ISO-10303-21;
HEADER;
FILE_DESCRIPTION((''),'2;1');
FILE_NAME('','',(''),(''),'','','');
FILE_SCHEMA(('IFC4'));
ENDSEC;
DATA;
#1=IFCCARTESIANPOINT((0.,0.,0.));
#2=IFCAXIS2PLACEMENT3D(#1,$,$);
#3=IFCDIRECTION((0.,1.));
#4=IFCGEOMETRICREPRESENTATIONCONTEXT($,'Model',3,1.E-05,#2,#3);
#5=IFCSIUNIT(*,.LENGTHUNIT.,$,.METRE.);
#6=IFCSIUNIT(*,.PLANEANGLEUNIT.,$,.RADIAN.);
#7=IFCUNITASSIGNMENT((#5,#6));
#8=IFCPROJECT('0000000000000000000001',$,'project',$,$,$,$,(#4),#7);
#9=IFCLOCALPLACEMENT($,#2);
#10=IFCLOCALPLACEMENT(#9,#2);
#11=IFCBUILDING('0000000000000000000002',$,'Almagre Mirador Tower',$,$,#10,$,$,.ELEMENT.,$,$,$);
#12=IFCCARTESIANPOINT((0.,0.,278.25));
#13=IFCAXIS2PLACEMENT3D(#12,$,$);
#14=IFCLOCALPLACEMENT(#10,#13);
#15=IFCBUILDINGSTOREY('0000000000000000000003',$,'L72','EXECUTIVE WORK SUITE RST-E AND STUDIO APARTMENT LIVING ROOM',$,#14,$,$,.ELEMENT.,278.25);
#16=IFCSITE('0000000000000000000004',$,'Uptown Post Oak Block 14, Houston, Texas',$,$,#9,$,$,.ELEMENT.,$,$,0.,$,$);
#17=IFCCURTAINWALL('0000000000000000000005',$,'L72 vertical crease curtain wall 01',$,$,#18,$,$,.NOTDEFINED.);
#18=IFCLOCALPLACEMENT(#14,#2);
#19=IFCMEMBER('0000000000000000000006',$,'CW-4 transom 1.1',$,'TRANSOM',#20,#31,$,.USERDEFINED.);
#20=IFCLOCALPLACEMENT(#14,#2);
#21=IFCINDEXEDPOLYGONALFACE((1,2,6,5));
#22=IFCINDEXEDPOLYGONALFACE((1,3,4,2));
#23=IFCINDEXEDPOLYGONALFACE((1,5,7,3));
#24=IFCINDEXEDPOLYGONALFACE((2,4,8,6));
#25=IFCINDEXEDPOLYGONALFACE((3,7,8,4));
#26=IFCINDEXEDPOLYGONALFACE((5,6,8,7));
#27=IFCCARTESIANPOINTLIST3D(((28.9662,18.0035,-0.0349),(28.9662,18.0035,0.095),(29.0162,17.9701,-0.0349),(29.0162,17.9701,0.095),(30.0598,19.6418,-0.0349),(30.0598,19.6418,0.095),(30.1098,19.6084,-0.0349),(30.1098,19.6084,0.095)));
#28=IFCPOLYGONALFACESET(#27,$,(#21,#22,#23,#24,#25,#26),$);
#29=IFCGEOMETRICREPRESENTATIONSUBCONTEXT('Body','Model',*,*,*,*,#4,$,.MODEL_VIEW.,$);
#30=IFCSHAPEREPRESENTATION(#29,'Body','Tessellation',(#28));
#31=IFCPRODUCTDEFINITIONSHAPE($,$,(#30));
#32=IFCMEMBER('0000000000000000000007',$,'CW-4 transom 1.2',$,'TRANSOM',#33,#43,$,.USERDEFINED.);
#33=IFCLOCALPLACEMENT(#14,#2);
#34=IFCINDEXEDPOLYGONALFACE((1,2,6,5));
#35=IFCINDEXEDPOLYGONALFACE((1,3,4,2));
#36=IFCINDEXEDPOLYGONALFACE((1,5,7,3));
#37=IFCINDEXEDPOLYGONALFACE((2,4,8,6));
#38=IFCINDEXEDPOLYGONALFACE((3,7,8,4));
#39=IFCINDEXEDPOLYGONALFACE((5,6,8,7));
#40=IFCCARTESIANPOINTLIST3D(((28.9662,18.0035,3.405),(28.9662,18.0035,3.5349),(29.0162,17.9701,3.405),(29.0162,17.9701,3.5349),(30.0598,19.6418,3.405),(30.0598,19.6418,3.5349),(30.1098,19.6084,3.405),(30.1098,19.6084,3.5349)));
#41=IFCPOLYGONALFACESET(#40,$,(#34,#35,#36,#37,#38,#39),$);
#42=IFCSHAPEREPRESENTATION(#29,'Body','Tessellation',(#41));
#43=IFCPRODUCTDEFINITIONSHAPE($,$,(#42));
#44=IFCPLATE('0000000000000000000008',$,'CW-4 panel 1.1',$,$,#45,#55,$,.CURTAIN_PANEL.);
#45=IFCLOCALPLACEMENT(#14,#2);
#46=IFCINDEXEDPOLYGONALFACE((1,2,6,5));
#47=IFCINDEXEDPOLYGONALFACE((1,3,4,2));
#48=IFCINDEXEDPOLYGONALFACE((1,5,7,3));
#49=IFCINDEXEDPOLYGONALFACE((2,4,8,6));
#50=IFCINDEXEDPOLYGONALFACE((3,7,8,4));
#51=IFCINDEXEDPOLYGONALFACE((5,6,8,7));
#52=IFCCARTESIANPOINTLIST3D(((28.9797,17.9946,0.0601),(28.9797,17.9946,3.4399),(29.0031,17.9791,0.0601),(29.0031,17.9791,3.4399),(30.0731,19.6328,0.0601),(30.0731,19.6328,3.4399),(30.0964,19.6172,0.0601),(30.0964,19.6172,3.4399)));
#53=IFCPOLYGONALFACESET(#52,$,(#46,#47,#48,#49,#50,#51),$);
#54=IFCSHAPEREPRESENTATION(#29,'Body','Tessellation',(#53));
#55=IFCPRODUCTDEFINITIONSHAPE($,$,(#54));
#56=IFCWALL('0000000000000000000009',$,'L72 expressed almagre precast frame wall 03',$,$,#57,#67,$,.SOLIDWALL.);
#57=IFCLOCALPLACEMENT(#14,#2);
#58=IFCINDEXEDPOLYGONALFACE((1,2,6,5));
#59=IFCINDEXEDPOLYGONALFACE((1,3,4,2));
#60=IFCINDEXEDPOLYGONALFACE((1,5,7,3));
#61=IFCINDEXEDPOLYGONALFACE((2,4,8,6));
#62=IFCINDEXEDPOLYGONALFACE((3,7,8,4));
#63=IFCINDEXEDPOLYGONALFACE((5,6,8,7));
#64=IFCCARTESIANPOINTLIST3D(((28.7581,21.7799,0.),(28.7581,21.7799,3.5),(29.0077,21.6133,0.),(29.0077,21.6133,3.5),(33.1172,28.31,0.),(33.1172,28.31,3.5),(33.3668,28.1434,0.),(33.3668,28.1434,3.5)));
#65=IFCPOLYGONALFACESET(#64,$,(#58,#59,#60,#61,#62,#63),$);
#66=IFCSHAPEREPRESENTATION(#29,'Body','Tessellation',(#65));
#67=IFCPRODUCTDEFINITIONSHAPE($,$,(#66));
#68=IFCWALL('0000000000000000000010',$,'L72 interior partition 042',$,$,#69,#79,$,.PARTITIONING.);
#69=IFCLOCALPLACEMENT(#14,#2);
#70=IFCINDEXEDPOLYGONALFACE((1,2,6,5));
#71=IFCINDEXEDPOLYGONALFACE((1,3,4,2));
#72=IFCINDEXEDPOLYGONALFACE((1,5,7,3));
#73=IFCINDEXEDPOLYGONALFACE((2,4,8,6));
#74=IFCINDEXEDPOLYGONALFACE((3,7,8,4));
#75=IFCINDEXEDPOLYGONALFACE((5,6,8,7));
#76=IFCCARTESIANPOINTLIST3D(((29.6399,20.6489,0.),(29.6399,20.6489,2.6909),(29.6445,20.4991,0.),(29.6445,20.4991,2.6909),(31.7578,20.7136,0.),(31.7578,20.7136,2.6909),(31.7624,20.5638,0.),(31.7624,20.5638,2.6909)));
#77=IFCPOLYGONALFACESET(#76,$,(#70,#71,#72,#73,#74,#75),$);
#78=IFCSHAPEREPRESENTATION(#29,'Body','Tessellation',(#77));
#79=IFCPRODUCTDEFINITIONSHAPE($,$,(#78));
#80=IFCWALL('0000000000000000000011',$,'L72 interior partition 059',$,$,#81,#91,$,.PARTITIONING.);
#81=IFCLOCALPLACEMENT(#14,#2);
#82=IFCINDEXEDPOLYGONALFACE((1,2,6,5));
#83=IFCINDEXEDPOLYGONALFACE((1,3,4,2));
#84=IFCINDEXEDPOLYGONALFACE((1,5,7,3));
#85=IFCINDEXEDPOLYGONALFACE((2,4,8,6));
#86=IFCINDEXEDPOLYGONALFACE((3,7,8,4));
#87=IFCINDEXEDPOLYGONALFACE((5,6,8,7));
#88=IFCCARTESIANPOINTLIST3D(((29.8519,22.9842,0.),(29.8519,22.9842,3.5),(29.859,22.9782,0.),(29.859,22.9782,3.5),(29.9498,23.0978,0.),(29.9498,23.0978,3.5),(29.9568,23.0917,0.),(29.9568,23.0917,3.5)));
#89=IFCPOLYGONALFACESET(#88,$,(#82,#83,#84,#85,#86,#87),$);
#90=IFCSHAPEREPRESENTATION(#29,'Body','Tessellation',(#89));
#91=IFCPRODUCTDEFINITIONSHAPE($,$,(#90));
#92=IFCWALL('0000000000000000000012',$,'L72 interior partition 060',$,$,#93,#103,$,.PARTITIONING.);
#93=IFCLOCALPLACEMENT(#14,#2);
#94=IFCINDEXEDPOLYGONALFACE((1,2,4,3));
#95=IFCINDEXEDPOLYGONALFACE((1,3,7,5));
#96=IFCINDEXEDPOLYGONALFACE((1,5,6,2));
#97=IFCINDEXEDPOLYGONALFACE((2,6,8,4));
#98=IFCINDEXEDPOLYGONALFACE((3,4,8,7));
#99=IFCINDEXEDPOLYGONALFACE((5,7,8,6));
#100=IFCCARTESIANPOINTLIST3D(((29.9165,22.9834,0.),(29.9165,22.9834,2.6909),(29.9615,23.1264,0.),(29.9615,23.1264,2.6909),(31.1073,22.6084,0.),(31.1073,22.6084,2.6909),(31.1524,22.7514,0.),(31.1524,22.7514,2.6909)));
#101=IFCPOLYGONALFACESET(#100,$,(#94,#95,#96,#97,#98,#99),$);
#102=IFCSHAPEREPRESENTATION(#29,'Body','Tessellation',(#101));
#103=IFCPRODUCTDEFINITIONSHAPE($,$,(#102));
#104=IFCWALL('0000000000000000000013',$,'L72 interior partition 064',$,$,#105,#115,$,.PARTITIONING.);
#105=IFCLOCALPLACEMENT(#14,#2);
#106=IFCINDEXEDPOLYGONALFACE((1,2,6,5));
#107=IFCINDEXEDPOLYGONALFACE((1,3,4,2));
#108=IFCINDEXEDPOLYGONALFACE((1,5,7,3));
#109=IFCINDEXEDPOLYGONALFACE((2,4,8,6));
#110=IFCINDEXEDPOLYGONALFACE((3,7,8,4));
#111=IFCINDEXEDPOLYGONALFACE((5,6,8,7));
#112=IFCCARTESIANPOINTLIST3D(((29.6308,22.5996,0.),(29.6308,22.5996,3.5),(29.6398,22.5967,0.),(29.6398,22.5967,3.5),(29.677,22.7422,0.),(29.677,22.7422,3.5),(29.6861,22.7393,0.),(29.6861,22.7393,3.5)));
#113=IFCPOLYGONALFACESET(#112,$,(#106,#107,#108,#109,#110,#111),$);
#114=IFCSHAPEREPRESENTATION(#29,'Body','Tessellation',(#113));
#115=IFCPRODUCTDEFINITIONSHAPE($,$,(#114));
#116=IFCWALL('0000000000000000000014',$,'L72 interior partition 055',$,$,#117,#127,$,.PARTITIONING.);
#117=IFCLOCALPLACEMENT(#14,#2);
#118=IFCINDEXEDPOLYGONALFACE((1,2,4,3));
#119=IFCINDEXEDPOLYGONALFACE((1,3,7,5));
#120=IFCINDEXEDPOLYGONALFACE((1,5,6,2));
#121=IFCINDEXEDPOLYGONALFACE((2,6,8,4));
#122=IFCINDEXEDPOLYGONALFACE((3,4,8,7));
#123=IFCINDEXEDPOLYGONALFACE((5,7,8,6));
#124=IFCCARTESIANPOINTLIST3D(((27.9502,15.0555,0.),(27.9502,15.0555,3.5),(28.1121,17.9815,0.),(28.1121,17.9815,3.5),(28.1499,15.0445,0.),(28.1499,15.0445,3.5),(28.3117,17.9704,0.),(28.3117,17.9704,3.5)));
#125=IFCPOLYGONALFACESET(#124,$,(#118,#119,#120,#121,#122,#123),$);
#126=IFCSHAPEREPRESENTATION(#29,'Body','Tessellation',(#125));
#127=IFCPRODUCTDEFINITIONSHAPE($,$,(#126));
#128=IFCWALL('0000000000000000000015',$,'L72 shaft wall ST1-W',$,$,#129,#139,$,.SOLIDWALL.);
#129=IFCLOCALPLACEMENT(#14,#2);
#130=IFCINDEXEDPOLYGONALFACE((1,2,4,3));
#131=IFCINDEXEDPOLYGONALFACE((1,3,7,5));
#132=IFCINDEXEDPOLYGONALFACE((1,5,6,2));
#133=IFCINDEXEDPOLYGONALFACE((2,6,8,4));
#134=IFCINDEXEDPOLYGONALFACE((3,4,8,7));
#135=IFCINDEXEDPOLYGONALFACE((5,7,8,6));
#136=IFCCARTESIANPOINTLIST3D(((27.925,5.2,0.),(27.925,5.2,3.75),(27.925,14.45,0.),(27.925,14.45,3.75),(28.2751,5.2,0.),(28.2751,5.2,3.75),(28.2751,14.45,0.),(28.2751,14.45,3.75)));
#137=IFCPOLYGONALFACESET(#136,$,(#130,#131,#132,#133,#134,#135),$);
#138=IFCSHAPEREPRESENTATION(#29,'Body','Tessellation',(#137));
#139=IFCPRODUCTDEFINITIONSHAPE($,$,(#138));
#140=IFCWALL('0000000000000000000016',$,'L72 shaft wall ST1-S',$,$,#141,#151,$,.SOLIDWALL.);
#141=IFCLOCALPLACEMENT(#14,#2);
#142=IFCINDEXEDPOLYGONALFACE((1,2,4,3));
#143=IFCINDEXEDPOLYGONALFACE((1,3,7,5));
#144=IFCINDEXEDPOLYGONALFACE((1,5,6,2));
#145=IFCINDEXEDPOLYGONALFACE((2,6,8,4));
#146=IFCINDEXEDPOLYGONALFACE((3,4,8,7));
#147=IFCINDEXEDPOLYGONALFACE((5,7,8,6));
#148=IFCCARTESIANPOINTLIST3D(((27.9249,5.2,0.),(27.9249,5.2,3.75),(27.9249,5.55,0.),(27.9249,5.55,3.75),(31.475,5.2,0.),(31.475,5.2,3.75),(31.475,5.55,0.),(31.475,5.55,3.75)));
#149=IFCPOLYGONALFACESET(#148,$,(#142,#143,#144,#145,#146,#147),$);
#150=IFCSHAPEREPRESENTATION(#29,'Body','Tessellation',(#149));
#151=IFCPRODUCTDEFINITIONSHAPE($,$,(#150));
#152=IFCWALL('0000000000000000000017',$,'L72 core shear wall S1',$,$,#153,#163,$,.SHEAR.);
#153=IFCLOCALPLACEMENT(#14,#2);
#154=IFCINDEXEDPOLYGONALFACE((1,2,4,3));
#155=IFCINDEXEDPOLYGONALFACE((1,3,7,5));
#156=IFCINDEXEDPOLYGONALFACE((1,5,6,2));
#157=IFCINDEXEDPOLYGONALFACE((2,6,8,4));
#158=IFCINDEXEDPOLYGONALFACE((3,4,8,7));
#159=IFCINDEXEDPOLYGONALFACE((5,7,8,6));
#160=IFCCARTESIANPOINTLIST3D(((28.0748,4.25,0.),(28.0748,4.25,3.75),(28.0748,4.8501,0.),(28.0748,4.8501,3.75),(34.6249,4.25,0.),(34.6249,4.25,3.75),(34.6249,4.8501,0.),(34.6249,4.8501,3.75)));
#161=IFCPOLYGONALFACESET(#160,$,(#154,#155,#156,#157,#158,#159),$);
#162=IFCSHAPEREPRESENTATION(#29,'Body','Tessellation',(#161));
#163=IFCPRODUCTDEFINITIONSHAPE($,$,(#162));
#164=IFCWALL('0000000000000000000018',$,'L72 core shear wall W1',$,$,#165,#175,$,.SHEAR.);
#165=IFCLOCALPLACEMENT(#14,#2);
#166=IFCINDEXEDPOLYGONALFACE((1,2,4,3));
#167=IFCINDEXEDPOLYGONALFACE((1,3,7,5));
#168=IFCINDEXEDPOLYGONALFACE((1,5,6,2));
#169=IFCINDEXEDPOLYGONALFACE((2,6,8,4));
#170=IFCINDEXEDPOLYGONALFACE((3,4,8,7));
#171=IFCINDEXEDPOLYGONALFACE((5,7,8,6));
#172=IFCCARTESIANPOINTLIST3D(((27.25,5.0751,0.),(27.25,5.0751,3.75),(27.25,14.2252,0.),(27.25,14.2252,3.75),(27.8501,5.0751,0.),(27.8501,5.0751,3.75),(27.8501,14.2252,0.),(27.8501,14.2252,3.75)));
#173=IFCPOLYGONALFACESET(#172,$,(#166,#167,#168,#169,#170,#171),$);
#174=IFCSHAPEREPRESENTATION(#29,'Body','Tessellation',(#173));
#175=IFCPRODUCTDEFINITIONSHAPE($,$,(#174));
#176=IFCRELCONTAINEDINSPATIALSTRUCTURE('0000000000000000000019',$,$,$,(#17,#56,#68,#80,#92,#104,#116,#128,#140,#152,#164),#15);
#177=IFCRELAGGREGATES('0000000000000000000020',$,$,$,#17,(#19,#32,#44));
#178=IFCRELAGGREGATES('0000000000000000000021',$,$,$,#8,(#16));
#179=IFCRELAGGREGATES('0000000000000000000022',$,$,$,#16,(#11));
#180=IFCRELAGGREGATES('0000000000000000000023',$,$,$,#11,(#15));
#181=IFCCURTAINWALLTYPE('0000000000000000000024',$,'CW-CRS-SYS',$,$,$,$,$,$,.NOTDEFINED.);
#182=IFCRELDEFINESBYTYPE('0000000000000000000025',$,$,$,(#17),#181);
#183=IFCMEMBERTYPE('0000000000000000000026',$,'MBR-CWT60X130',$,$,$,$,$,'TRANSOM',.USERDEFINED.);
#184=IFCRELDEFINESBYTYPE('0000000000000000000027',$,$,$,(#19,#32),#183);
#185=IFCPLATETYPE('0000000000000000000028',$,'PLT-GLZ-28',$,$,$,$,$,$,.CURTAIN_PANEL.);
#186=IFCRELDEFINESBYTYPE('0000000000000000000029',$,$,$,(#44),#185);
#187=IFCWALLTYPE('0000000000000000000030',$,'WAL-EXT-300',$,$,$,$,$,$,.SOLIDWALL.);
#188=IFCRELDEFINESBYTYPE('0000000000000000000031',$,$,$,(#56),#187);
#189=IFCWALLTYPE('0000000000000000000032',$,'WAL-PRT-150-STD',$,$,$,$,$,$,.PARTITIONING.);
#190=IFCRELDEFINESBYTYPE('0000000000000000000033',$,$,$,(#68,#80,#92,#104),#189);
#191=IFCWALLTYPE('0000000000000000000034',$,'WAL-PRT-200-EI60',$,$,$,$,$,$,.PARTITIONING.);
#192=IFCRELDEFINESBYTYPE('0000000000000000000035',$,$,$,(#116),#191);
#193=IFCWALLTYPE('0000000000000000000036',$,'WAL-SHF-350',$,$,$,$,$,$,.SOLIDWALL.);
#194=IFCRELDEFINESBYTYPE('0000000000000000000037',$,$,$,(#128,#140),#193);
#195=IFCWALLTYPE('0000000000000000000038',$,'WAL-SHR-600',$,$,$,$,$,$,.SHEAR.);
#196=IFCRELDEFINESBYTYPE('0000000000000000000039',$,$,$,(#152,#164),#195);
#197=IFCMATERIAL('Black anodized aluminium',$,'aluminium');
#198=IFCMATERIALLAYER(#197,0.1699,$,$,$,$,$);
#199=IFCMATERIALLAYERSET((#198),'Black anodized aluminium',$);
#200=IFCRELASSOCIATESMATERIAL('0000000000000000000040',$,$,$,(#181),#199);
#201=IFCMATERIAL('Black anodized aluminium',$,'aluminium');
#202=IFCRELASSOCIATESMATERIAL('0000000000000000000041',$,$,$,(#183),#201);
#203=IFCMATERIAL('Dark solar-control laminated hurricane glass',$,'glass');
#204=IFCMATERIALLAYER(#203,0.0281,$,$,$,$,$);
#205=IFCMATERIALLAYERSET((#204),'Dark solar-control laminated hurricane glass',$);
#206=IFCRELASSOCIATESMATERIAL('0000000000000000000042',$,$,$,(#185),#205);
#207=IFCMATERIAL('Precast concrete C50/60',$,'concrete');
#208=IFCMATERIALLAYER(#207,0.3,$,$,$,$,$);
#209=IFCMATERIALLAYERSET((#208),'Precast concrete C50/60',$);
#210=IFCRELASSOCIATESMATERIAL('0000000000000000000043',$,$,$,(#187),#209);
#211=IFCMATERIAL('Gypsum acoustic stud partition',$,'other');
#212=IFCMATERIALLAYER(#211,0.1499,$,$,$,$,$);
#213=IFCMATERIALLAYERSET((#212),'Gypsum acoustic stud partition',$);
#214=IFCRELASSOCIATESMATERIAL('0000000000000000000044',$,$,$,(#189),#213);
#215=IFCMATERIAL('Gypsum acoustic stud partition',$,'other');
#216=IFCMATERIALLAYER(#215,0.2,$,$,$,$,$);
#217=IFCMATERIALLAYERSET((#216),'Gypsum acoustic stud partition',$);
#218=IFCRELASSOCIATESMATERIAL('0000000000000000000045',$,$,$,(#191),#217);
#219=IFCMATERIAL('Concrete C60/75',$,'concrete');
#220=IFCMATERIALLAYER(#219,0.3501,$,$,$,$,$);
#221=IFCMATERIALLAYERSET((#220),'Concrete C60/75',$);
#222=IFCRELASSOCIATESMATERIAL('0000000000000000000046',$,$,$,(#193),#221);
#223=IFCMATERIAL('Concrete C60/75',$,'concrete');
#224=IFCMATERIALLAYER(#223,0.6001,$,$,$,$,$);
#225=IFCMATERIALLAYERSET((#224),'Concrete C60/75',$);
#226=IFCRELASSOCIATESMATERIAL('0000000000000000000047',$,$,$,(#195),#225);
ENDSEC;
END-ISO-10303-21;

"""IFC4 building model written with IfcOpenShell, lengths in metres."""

from ifc_helpers import new_model, si_unit, direction, frame, frame_2d, origin, origin_2d, place, context, subcontext, project, spatial, rectangle, extrude, material, layer, layer_set, material_profile, profile_set, type_object, element, aggregate, save


model = new_model("IFC4")

# Units and contexts
model_context = context("Model", 3, precision=1e-05, world=origin(), true_north=direction((0.0, 1.0)))
body_context = subcontext(model_context, "Body", "Model", "MODEL_VIEW")
ifc_project = project(units=[si_unit("LENGTHUNIT", "METRE"), si_unit("PLANEANGLEUNIT", "RADIAN")], contexts=[model_context])

# Site, building, storey
site_placement = place(None, origin())
site = spatial("IfcSite", under=ifc_project, at=site_placement, Name="Uptown Post Oak Block 14, Houston, Texas", CompositionType="ELEMENT", RefElevation=0.0)
building_placement = place(site_placement, origin())
building = spatial("IfcBuilding", under=site, at=building_placement, Name="Almagre Mirador Tower", CompositionType="ELEMENT")
storey_placement = place(building_placement, frame((0.0, 0.0, 278.25)))
storey = spatial("IfcBuildingStorey", under=building, at=storey_placement, Name="L72", Description="EXECUTIVE WORK SUITE RST-E AND STUDIO APARTMENT LIVING ROOM", CompositionType="ELEMENT", Elevation=278.25)

# Curtain wall, members, plate
ifc_material_1 = material(Name="Black anodized aluminium", Category="aluminium")
ifc_layer_1 = layer(ifc_material_1, 0.1699)
ifc_layer_set_1 = layer_set([ifc_layer_1], Name="Black anodized aluminium")
curtain_wall_type = type_object("IfcCurtainWallType", Name="CW-CRS-SYS", PredefinedType="NOTDEFINED", material=ifc_layer_set_1)
curtain_wall_placement = place(storey_placement, origin())
curtain_wall = element("IfcCurtainWall", 1, at=curtain_wall_placement, inside=storey, type_object=curtain_wall_type, Name="L72 vertical crease curtain wall 01", PredefinedType="NOTDEFINED")
ifc_material_2 = material(Name="Black anodized aluminium", Category="aluminium")
ifc_material_profile_1 = material_profile(ifc_material_2, rectangle(XDim=0.0601, YDim=0.1299, at=origin_2d()), Name="CWT60X130")
ifc_profile_set_1 = profile_set([ifc_material_profile_1], Name="Black anodized aluminium")
member_type_1 = type_object("IfcMemberType", Name="MBR-CWT60X130", ElementType="TRANSOM", PredefinedType="USERDEFINED", material=ifc_profile_set_1)
member_1_placement = place(storey_placement, frame((28.9912, 17.9868, 0.03), z_axis=(0.555186, 0.831726, 0.0), x_axis=(-0.831726, 0.555186, 0.0)))
member_1 = element("IfcMember", 2, at=member_1_placement, type_object=member_type_1, Name="CW-4 transom 1.1", ObjectType="TRANSOM", PredefinedType="USERDEFINED", context=body_context, shape_type="SweptSolid", body=[
    extrude(rectangle(XDim=0.0601, YDim=0.1299, at=origin_2d()), origin(), (0.0, 0.0, 1.0), 1.9697),
])
member_2_placement = place(storey_placement, frame((28.9912, 17.9868, 3.47), z_axis=(0.555186, 0.831726, 0.0), x_axis=(-0.831726, 0.555186, 0.0)))
member_2 = element("IfcMember", 3, at=member_2_placement, type_object=member_type_1, Name="CW-4 transom 1.2", ObjectType="TRANSOM", PredefinedType="USERDEFINED", context=body_context, shape_type="SweptSolid", body=[
    extrude(rectangle(XDim=0.0601, YDim=0.1299, at=origin_2d()), origin(), (0.0, 0.0, 1.0), 1.9697),
])
ifc_material_3 = material(Name="Dark solar-control laminated hurricane glass", Category="glass")
ifc_layer_2 = layer(ifc_material_3, 0.0281)
ifc_layer_set_2 = layer_set([ifc_layer_2], Name="Dark solar-control laminated hurricane glass")
plate_type = type_object("IfcPlateType", Name="PLT-GLZ-28", PredefinedType="CURTAIN_PANEL", material=ifc_layer_set_2)
plate_placement = place(storey_placement, frame((29.5381, 18.8059, 0.0601), z_axis=(0.0, 0.0, 1.0), x_axis=(0.555142, 0.831756, 0.0)))
plate = element("IfcPlate", 4, at=plate_placement, type_object=plate_type, Name="CW-4 panel 1.1", PredefinedType="CURTAIN_PANEL", context=body_context, shape_type="SweptSolid", body=[
    extrude(rectangle(XDim=1.9695, YDim=0.0281, at=origin_2d()), origin(), (0.0, 0.0, 1.0), 3.3799),
])
aggregate(curtain_wall, [member_1, member_2, plate])

# Walls
ifc_material_4 = material(Name="Precast concrete C50/60", Category="concrete")
ifc_layer_3 = layer(ifc_material_4, 0.3)
ifc_layer_set_3 = layer_set([ifc_layer_3], Name="Precast concrete C50/60")
wall_type_1 = type_object("IfcWallType", Name="WAL-EXT-300", PredefinedType="SOLIDWALL", material=ifc_layer_set_3)
wall_1_placement = place(storey_placement, frame((28.8828, 21.6965, 0.0), z_axis=(0.0, 0.0, 1.0), x_axis=(0.55521, 0.83171, 0.0)))
element("IfcWall", 5, at=wall_1_placement, inside=storey, type_object=wall_type_1, Name="L72 expressed almagre precast frame wall 03", PredefinedType="SOLIDWALL", context=body_context, shape_type="SweptSolid", body=[
    extrude(rectangle(XDim=7.8513, YDim=0.3, at=frame_2d((3.9258, 0.0))), origin(), (0.0, 0.0, 1.0), 3.5),
])
ifc_material_5 = material(Name="Gypsum acoustic stud partition", Category="other")
ifc_layer_4 = layer(ifc_material_5, 0.1499)
ifc_layer_set_4 = layer_set([ifc_layer_4], Name="Gypsum acoustic stud partition")
wall_type_2 = type_object("IfcWallType", Name="WAL-PRT-150-STD", PredefinedType="PARTITIONING", material=ifc_layer_set_4)
wall_2_placement = place(storey_placement, frame((29.6421, 20.574, 0.0), z_axis=(0.0, 0.0, 1.0), x_axis=(0.999534, 0.030533, 0.0)))
element("IfcWall", 6, at=wall_2_placement, inside=storey, type_object=wall_type_2, Name="L72 interior partition 042", PredefinedType="PARTITIONING", context=body_context, shape_type="SweptSolid", body=[
    extrude(rectangle(XDim=2.1189, YDim=0.1499, at=frame_2d((1.0596, 0.0))), origin(), (0.0, 0.0, 1.0), 2.6909),
])
wall_3_placement = place(storey_placement, frame((29.9009, 23.041, 0.0), z_axis=(0.0, 0.0, 1.0), x_axis=(0.75741, -0.65294, 0.0)))
element("IfcWall", 7, at=wall_3_placement, inside=storey, type_object=wall_type_2, Name="L72 interior partition 059", PredefinedType="PARTITIONING", context=body_context, shape_type="SweptSolid", body=[
    extrude(rectangle(XDim=0.0093, YDim=0.1499, at=frame_2d((0.0046, 0.0))), origin(), (0.0, 0.0, 1.0), 3.5),
])
wall_4_placement = place(storey_placement, frame((29.939, 23.0549, 0.0), z_axis=(0.0, 0.0, 1.0), x_axis=(0.953831, -0.300345, 0.0)))
element("IfcWall", 8, at=wall_4_placement, inside=storey, type_object=wall_type_2, Name="L72 interior partition 060", PredefinedType="PARTITIONING", context=body_context, shape_type="SweptSolid", body=[
    extrude(rectangle(XDim=1.2485, YDim=0.1499, at=frame_2d((0.6243, 0.0))), origin(), (0.0, 0.0, 1.0), 2.6909),
])
wall_5_placement = place(storey_placement, frame((29.6631, 22.668, 0.0), z_axis=(0.0, 0.0, 1.0), x_axis=(-0.951223, 0.308505, 0.0)))
element("IfcWall", 9, at=wall_5_placement, inside=storey, type_object=wall_type_2, Name="L72 interior partition 064", PredefinedType="PARTITIONING", context=body_context, shape_type="SweptSolid", body=[
    extrude(rectangle(XDim=0.0095, YDim=0.1499, at=frame_2d((0.0049, 0.0))), origin(), (0.0, 0.0, 1.0), 3.5),
])
ifc_material_6 = material(Name="Gypsum acoustic stud partition", Category="other")
ifc_layer_5 = layer(ifc_material_6, 0.2)
ifc_layer_set_5 = layer_set([ifc_layer_5], Name="Gypsum acoustic stud partition")
wall_type_3 = type_object("IfcWallType", Name="WAL-PRT-200-EI60", PredefinedType="PARTITIONING", material=ifc_layer_set_5)
wall_6_placement = place(storey_placement, frame((28.2119, 17.9761, 0.0), z_axis=(0.0, 0.0, 1.0), x_axis=(-0.055235, -0.998473, 0.0)))
element("IfcWall", 10, at=wall_6_placement, inside=storey, type_object=wall_type_3, Name="L72 interior partition 055", PredefinedType="PARTITIONING", context=body_context, shape_type="SweptSolid", body=[
    extrude(rectangle(XDim=2.9304, YDim=0.2, at=frame_2d((1.4653, 0.0))), origin(), (0.0, 0.0, 1.0), 3.5),
])
ifc_material_7 = material(Name="Concrete C60/75", Category="concrete")
ifc_layer_6 = layer(ifc_material_7, 0.3501)
ifc_layer_set_6 = layer_set([ifc_layer_6], Name="Concrete C60/75")
wall_type_4 = type_object("IfcWallType", Name="WAL-SHF-350", PredefinedType="SOLIDWALL", material=ifc_layer_set_6)
wall_7_placement = place(storey_placement, frame((28.1001, 5.2, 0.0), z_axis=(0.0, 0.0, 1.0), x_axis=(0.0, 1.0, 0.0)))
element("IfcWall", 11, at=wall_7_placement, inside=storey, type_object=wall_type_4, Name="L72 shaft wall ST1-W", PredefinedType="SOLIDWALL", context=body_context, shape_type="SweptSolid", body=[
    extrude(rectangle(XDim=9.25, YDim=0.3501, at=frame_2d((4.625, 0.0))), origin(), (0.0, 0.0, 1.0), 3.75),
])
wall_8_placement = place(storey_placement, frame((27.925, 5.375, 0.0), z_axis=(0.0, 0.0, 1.0), x_axis=(1.0, 0.0, 0.0)))
element("IfcWall", 12, at=wall_8_placement, inside=storey, type_object=wall_type_4, Name="L72 shaft wall ST1-S", PredefinedType="SOLIDWALL", context=body_context, shape_type="SweptSolid", body=[
    extrude(rectangle(XDim=3.55, YDim=0.3501, at=frame_2d((1.7749, 0.0))), origin(), (0.0, 0.0, 1.0), 3.75),
])
ifc_material_8 = material(Name="Concrete C60/75", Category="concrete")
ifc_layer_7 = layer(ifc_material_8, 0.6001)
ifc_layer_set_7 = layer_set([ifc_layer_7], Name="Concrete C60/75")
wall_type_5 = type_object("IfcWallType", Name="WAL-SHR-600", PredefinedType="SHEAR", material=ifc_layer_set_7)
wall_9_placement = place(storey_placement, frame((28.075, 4.55, 0.0), z_axis=(0.0, 0.0, 1.0), x_axis=(1.0, 0.0, 0.0)))
element("IfcWall", 13, at=wall_9_placement, inside=storey, type_object=wall_type_5, Name="L72 core shear wall S1", PredefinedType="SHEAR", context=body_context, shape_type="SweptSolid", body=[
    extrude(rectangle(XDim=6.55, YDim=0.6001, at=frame_2d((3.2749, 0.0))), origin(), (0.0, 0.0, 1.0), 3.75),
])

# Wall
wall_10_placement = place(storey_placement, frame((27.55, 5.075, 0.0), z_axis=(0.0, 0.0, 1.0), x_axis=(0.0, 1.0, 0.0)))
element("IfcWall", 14, at=wall_10_placement, inside=storey, type_object=wall_type_5, Name="L72 core shear wall W1", PredefinedType="SHEAR", context=body_context, shape_type="SweptSolid", body=[
    extrude(rectangle(XDim=9.1501, YDim=0.6001, at=frame_2d((4.5752, 0.0))), origin(), (0.0, 0.0, 1.0), 3.75),
])

save(model, "model.ifc")
